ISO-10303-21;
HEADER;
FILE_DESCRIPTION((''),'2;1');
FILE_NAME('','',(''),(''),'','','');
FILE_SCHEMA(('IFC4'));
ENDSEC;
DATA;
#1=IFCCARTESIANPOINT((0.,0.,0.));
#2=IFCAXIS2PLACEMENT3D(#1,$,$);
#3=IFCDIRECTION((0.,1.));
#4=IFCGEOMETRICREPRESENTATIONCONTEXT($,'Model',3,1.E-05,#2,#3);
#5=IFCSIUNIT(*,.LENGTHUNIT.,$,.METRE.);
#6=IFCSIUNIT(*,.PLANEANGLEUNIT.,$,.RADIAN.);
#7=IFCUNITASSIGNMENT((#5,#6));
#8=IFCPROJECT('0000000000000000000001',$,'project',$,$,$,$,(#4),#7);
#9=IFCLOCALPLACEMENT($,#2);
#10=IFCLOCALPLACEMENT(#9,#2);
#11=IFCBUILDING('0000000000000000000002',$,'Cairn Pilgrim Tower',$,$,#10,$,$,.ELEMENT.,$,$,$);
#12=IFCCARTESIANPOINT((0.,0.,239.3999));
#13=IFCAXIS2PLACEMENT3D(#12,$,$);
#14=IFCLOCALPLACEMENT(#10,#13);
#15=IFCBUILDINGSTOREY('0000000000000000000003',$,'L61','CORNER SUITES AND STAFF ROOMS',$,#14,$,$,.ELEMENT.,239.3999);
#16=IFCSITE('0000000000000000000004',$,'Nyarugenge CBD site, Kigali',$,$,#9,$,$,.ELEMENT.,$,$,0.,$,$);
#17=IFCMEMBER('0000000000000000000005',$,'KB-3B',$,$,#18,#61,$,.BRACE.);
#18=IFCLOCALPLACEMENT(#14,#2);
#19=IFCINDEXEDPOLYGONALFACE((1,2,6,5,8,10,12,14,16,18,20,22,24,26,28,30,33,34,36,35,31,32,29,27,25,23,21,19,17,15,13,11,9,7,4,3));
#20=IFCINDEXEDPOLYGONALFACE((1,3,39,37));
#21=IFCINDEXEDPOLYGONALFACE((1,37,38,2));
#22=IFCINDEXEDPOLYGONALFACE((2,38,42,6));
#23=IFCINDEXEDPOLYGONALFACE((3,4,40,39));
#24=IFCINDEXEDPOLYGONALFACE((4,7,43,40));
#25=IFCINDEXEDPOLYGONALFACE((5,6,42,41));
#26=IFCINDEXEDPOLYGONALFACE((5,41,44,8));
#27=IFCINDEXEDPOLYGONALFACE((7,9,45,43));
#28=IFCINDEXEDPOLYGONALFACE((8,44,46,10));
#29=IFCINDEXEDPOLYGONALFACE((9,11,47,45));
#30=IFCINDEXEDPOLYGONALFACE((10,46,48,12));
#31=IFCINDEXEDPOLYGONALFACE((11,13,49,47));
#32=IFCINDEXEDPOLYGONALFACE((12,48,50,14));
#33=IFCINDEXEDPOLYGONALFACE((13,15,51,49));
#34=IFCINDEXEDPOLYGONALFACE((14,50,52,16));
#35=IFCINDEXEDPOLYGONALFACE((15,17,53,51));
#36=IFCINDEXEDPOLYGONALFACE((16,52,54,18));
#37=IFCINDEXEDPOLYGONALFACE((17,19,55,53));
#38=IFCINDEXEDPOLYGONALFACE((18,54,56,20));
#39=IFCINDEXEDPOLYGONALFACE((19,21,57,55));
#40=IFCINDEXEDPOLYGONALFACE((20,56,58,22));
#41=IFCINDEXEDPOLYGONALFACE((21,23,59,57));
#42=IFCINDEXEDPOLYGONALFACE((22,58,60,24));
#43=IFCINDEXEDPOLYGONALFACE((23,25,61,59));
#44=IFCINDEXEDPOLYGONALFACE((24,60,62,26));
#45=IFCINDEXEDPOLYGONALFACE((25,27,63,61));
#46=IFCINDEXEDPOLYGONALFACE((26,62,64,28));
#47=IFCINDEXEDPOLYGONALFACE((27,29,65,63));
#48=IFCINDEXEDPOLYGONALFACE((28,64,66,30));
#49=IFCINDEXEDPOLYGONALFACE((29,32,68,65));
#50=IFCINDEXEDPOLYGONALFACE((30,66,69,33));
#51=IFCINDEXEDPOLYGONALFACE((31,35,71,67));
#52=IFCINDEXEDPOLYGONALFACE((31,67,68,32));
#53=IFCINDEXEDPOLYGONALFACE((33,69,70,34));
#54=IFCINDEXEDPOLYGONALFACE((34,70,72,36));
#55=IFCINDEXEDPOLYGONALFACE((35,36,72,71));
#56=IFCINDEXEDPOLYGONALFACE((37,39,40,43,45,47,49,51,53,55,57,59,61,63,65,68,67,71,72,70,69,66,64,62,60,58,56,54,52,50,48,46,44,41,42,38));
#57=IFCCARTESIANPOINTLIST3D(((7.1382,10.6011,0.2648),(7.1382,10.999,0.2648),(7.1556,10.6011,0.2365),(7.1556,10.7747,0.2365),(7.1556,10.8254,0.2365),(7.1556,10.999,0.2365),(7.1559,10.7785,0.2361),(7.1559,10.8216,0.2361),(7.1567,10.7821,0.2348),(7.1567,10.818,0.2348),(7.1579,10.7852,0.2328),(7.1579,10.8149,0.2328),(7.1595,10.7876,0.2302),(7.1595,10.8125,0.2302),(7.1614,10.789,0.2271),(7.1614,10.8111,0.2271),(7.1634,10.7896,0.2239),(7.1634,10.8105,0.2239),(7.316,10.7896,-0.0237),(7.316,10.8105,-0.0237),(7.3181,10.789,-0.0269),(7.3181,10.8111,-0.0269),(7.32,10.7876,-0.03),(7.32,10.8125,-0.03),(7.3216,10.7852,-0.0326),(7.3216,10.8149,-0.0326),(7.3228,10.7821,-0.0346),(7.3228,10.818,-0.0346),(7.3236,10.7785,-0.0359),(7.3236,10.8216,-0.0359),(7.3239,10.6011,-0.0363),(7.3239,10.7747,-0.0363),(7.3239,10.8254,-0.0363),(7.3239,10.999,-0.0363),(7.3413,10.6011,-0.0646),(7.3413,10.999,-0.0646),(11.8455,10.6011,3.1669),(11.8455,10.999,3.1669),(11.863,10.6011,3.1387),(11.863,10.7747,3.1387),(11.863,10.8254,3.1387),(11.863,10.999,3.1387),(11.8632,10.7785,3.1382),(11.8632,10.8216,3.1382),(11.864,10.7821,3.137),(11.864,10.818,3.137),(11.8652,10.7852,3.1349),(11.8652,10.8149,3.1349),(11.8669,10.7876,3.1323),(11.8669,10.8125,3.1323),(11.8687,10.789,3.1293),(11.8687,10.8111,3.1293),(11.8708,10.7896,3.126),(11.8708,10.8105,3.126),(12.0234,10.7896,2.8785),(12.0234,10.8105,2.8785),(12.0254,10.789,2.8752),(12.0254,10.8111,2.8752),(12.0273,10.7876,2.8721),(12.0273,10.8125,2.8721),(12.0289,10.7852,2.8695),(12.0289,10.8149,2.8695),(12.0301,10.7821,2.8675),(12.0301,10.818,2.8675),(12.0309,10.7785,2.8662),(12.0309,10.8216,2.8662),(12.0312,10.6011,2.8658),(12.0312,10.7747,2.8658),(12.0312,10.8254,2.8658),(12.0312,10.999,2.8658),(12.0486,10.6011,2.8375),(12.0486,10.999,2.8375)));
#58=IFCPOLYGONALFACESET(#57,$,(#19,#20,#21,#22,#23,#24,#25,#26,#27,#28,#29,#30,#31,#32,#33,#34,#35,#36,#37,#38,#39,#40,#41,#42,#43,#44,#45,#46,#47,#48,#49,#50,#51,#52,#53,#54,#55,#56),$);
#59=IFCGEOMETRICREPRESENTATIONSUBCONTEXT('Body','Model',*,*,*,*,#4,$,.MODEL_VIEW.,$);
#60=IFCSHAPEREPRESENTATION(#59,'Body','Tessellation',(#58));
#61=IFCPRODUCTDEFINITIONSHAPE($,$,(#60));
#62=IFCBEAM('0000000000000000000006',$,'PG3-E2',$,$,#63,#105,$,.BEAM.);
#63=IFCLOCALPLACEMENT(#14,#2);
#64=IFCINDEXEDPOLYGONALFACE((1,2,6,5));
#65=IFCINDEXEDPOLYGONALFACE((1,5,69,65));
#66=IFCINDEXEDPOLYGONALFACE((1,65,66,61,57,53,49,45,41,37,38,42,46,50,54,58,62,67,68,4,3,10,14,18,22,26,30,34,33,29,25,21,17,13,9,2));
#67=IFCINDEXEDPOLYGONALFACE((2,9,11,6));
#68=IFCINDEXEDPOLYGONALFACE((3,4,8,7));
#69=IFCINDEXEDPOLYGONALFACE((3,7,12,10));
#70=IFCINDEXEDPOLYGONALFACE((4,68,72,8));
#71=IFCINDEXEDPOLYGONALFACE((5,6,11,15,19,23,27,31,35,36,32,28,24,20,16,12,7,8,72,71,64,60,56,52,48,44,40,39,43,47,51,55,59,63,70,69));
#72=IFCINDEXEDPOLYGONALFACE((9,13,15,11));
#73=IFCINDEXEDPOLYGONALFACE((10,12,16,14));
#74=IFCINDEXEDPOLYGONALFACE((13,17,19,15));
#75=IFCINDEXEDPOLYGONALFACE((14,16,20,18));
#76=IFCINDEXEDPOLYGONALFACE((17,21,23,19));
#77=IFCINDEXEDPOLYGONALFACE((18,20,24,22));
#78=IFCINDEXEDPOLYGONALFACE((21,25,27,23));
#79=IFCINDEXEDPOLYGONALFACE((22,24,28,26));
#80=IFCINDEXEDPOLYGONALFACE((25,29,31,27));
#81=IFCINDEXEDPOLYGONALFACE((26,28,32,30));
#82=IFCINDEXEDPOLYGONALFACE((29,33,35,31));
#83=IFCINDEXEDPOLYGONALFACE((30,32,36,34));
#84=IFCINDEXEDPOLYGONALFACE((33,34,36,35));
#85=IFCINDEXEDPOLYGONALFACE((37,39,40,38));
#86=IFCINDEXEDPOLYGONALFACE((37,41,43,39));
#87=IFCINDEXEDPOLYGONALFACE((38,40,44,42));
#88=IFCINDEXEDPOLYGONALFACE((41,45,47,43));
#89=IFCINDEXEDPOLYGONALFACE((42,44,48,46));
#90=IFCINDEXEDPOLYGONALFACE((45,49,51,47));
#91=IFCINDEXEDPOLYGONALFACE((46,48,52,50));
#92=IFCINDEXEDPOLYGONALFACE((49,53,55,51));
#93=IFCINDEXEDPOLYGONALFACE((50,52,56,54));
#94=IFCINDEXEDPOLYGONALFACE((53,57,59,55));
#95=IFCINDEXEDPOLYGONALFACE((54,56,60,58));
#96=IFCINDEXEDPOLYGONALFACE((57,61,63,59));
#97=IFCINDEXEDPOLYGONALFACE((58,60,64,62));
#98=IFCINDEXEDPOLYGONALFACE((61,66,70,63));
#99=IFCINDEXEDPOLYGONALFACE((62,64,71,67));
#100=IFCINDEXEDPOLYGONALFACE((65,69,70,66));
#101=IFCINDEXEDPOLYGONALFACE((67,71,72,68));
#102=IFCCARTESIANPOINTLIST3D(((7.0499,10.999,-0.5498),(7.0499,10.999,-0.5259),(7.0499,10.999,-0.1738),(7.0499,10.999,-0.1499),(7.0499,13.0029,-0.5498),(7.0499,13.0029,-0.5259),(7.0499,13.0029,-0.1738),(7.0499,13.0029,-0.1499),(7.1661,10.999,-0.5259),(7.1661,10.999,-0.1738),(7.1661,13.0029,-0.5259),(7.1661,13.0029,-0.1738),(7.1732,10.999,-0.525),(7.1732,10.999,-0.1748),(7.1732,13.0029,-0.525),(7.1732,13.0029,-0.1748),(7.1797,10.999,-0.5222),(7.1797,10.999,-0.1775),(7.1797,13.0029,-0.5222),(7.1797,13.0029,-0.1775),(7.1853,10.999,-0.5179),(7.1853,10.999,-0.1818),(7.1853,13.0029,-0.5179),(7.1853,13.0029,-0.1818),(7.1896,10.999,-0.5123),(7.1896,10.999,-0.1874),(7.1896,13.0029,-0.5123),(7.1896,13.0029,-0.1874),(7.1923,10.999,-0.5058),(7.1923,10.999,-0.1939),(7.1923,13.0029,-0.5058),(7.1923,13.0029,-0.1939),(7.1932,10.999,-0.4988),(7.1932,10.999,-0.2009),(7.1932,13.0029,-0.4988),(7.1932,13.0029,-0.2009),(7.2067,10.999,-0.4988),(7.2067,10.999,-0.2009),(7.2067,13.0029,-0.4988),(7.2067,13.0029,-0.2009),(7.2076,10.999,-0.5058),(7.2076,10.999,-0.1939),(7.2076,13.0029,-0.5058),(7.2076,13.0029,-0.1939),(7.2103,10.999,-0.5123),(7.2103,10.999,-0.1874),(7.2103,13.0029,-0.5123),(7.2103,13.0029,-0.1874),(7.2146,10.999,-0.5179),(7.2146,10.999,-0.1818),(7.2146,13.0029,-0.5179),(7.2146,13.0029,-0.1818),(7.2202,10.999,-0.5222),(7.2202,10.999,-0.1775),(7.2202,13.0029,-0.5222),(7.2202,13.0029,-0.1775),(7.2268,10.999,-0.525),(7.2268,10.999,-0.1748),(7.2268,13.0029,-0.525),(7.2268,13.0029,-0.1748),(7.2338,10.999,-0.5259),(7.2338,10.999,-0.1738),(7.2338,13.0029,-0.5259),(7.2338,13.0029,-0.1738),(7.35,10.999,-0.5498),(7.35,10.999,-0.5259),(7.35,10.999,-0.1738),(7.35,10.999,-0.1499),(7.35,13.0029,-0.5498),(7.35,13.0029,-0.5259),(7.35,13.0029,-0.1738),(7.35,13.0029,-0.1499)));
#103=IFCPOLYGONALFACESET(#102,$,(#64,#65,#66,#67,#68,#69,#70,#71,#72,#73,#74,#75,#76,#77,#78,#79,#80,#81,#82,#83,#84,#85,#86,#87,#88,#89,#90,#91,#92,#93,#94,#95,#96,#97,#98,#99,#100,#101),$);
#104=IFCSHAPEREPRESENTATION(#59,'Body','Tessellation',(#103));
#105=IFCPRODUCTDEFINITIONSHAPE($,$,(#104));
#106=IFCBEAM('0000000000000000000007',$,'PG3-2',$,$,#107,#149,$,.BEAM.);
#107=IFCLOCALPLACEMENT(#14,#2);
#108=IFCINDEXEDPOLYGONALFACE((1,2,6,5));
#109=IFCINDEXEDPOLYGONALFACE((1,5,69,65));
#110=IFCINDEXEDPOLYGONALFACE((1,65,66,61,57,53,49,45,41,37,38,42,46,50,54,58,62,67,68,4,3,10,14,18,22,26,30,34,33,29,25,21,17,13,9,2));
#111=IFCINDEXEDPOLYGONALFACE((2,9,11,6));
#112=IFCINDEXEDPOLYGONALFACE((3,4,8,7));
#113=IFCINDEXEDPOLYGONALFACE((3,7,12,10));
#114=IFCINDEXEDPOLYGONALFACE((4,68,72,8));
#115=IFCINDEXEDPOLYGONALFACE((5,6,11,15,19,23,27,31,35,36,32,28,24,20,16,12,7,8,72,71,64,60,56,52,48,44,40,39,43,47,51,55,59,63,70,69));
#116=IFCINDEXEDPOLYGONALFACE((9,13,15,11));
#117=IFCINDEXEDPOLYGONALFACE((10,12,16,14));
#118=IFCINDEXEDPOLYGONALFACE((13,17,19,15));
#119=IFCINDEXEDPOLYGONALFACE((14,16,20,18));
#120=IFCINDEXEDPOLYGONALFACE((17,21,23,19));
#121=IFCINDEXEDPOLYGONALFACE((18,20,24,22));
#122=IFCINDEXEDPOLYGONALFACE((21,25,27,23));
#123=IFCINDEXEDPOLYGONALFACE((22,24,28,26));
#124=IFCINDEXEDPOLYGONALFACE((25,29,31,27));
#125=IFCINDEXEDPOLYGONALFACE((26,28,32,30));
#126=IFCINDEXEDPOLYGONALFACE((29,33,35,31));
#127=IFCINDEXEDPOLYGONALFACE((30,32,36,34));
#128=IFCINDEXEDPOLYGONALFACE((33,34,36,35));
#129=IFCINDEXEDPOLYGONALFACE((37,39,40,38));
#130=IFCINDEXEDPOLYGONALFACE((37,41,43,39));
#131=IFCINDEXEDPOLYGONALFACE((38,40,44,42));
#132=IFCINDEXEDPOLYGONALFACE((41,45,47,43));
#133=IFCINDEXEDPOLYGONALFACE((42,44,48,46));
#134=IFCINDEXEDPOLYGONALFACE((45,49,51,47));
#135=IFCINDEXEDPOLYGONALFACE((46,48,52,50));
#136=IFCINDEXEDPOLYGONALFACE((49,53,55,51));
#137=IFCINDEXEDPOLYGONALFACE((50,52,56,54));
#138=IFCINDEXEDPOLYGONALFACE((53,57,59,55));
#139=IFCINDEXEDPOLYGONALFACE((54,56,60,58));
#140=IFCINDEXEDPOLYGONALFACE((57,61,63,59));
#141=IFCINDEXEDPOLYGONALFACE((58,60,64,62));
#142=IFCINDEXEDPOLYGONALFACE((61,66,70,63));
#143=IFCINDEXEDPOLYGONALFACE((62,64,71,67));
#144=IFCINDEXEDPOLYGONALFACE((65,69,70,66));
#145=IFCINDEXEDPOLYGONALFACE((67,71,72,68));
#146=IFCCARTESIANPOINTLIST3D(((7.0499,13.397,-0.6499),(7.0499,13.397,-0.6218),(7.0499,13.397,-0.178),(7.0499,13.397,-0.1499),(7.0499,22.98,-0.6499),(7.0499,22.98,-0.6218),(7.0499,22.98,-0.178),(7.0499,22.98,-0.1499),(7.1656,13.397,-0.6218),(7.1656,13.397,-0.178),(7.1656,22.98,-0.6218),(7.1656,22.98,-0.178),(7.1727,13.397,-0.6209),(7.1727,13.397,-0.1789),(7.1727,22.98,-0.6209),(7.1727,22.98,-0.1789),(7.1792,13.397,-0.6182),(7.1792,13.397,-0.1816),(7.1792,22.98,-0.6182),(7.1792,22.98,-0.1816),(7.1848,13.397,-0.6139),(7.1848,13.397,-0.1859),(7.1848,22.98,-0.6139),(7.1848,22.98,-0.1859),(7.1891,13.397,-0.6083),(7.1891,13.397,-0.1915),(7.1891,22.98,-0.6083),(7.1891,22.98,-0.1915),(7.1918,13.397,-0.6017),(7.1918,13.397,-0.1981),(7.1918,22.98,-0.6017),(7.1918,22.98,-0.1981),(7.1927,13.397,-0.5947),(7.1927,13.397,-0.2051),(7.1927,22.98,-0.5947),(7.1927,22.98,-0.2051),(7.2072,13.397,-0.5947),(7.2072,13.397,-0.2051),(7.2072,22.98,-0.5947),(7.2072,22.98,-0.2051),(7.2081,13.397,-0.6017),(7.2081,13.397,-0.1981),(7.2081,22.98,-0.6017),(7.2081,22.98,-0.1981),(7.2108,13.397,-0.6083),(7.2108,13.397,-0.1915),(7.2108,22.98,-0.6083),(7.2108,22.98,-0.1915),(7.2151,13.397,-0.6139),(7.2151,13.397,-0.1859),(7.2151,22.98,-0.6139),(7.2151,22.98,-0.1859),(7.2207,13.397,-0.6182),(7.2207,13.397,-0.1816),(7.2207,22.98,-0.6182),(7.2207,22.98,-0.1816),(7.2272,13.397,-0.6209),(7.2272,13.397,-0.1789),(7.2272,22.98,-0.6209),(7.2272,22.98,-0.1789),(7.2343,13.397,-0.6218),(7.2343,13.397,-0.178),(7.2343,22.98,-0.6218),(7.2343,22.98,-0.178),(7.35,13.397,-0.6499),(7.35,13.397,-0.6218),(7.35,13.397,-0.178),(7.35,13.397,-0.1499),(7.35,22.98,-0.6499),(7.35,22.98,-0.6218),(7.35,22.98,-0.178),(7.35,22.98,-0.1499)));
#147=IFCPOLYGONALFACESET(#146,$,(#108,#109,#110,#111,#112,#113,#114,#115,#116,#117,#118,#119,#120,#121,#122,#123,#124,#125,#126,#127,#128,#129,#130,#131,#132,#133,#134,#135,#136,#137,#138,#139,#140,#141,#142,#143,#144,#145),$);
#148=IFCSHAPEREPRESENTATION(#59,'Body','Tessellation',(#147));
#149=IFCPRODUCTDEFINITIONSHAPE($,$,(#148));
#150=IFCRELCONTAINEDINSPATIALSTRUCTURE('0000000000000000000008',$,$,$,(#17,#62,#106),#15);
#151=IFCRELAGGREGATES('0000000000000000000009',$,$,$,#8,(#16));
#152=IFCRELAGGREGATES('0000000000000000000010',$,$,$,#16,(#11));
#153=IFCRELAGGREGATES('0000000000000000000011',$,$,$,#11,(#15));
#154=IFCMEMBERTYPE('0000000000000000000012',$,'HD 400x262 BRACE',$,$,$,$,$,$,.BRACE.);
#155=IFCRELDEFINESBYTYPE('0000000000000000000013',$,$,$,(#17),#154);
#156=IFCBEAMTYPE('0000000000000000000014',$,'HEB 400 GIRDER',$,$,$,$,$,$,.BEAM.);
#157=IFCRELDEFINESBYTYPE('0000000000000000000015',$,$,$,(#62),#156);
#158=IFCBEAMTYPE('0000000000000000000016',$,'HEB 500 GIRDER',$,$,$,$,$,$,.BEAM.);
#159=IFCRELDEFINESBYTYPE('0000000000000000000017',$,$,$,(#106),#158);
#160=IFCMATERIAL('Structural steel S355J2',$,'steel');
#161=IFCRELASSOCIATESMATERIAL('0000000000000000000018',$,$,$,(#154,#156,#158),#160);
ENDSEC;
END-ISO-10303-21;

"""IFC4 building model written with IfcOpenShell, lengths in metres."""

from ifc_helpers import new_model, si_unit, direction, frame, origin, origin_2d, place, context, subcontext, project, spatial, i_section, extrude, material, material_profile, profile_set, type_object, element, save


model = new_model("IFC4")

# Units and contexts
model_context = context("Model", 3, precision=1e-05, world=origin(), true_north=direction((0.0, 1.0)))
body_context = subcontext(model_context, "Body", "Model", "MODEL_VIEW")
ifc_project = project(units=[si_unit("LENGTHUNIT", "METRE"), si_unit("PLANEANGLEUNIT", "RADIAN")], contexts=[model_context])

# Site, building, storey
site_placement = place(None, origin())
site = spatial("IfcSite", under=ifc_project, at=site_placement, Name="Nyarugenge CBD site, Kigali", CompositionType="ELEMENT", RefElevation=0.0)
building_placement = place(site_placement, origin())
building = spatial("IfcBuilding", under=site, at=building_placement, Name="Cairn Pilgrim Tower", CompositionType="ELEMENT")
storey_placement = place(building_placement, frame((0.0, 0.0, 239.3999)))
storey = spatial("IfcBuildingStorey", under=building, at=storey_placement, Name="L61", Description="CORNER SUITES AND STAFF ROOMS", CompositionType="ELEMENT", Elevation=239.3999)

# Shared definitions
ifc_material_1 = material(Name="Structural steel S355J2", Category="steel")

# Member
ifc_material_profile_1 = material_profile(ifc_material_1, i_section(OverallWidth=0.3979, OverallDepth=0.387, WebThickness=0.021, FlangeThickness=0.0332, FilletRadius=0.0149, at=origin_2d()), Name="HD 400x262")
ifc_profile_set_1 = profile_set([ifc_material_profile_1], Name="Structural steel S355J2")
member_type_1 = type_object("IfcMemberType", Name="HD 400x262 BRACE", PredefinedType="BRACE", material=ifc_profile_set_1)
member_1_placement = place(storey_placement, frame((7.2397, 10.8, 0.1001), z_axis=(0.851229, 0.0, 0.524794), x_axis=(0.0, 1.0, 0.0)))
element("IfcMember", 1, at=member_1_placement, inside=storey, type_object=member_type_1, Name="KB-3B", PredefinedType="BRACE", context=body_context, shape_type="SweptSolid", body=[
    extrude(i_section(OverallWidth=0.3979, OverallDepth=0.387, WebThickness=0.021, FlangeThickness=0.0332, FilletRadius=0.0149, at=origin_2d()), origin(), (0.0, 0.0, 1.0), 5.53),
])

# Beams
ifc_material_profile_2 = material_profile(ifc_material_1, i_section(OverallWidth=0.3, OverallDepth=0.3999, WebThickness=0.0134, FlangeThickness=0.0239, FilletRadius=0.0271, at=origin_2d()), Name="HEB 400")
ifc_profile_set_2 = profile_set([ifc_material_profile_2], Name="Structural steel S355J2")
beam_type_1 = type_object("IfcBeamType", Name="HEB 400 GIRDER", PredefinedType="BEAM", material=ifc_profile_set_2)
beam_1_placement = place(storey_placement, frame((7.2, 10.999, -0.3499), z_axis=(0.0, 1.0, 0.0), x_axis=(-1.0, 0.0, 0.0)))
element("IfcBeam", 2, at=beam_1_placement, inside=storey, type_object=beam_type_1, Name="PG3-E2", PredefinedType="BEAM", context=body_context, shape_type="SweptSolid", body=[
    extrude(i_section(OverallWidth=0.3, OverallDepth=0.3999, WebThickness=0.0134, FlangeThickness=0.0239, FilletRadius=0.0271, at=origin_2d()), origin(), (0.0, 0.0, 1.0), 2.0039),
])
ifc_material_profile_3 = material_profile(ifc_material_1, i_section(OverallWidth=0.3, OverallDepth=0.5, WebThickness=0.0144, FlangeThickness=0.0281, FilletRadius=0.0271, at=origin_2d()), Name="HEB 500")
ifc_profile_set_3 = profile_set([ifc_material_profile_3], Name="Structural steel S355J2")
beam_type_2 = type_object("IfcBeamType", Name="HEB 500 GIRDER", PredefinedType="BEAM", material=ifc_profile_set_3)
beam_2_placement = place(storey_placement, frame((7.2, 13.397, -0.3999), z_axis=(0.0, 1.0, 0.0), x_axis=(-1.0, 0.0, 0.0)))
element("IfcBeam", 3, at=beam_2_placement, inside=storey, type_object=beam_type_2, Name="PG3-2", PredefinedType="BEAM", context=body_context, shape_type="SweptSolid", body=[
    extrude(i_section(OverallWidth=0.3, OverallDepth=0.5, WebThickness=0.0144, FlangeThickness=0.0281, FilletRadius=0.0271, at=origin_2d()), origin(), (0.0, 0.0, 1.0), 9.583),
])

save(model, "model.ifc")
